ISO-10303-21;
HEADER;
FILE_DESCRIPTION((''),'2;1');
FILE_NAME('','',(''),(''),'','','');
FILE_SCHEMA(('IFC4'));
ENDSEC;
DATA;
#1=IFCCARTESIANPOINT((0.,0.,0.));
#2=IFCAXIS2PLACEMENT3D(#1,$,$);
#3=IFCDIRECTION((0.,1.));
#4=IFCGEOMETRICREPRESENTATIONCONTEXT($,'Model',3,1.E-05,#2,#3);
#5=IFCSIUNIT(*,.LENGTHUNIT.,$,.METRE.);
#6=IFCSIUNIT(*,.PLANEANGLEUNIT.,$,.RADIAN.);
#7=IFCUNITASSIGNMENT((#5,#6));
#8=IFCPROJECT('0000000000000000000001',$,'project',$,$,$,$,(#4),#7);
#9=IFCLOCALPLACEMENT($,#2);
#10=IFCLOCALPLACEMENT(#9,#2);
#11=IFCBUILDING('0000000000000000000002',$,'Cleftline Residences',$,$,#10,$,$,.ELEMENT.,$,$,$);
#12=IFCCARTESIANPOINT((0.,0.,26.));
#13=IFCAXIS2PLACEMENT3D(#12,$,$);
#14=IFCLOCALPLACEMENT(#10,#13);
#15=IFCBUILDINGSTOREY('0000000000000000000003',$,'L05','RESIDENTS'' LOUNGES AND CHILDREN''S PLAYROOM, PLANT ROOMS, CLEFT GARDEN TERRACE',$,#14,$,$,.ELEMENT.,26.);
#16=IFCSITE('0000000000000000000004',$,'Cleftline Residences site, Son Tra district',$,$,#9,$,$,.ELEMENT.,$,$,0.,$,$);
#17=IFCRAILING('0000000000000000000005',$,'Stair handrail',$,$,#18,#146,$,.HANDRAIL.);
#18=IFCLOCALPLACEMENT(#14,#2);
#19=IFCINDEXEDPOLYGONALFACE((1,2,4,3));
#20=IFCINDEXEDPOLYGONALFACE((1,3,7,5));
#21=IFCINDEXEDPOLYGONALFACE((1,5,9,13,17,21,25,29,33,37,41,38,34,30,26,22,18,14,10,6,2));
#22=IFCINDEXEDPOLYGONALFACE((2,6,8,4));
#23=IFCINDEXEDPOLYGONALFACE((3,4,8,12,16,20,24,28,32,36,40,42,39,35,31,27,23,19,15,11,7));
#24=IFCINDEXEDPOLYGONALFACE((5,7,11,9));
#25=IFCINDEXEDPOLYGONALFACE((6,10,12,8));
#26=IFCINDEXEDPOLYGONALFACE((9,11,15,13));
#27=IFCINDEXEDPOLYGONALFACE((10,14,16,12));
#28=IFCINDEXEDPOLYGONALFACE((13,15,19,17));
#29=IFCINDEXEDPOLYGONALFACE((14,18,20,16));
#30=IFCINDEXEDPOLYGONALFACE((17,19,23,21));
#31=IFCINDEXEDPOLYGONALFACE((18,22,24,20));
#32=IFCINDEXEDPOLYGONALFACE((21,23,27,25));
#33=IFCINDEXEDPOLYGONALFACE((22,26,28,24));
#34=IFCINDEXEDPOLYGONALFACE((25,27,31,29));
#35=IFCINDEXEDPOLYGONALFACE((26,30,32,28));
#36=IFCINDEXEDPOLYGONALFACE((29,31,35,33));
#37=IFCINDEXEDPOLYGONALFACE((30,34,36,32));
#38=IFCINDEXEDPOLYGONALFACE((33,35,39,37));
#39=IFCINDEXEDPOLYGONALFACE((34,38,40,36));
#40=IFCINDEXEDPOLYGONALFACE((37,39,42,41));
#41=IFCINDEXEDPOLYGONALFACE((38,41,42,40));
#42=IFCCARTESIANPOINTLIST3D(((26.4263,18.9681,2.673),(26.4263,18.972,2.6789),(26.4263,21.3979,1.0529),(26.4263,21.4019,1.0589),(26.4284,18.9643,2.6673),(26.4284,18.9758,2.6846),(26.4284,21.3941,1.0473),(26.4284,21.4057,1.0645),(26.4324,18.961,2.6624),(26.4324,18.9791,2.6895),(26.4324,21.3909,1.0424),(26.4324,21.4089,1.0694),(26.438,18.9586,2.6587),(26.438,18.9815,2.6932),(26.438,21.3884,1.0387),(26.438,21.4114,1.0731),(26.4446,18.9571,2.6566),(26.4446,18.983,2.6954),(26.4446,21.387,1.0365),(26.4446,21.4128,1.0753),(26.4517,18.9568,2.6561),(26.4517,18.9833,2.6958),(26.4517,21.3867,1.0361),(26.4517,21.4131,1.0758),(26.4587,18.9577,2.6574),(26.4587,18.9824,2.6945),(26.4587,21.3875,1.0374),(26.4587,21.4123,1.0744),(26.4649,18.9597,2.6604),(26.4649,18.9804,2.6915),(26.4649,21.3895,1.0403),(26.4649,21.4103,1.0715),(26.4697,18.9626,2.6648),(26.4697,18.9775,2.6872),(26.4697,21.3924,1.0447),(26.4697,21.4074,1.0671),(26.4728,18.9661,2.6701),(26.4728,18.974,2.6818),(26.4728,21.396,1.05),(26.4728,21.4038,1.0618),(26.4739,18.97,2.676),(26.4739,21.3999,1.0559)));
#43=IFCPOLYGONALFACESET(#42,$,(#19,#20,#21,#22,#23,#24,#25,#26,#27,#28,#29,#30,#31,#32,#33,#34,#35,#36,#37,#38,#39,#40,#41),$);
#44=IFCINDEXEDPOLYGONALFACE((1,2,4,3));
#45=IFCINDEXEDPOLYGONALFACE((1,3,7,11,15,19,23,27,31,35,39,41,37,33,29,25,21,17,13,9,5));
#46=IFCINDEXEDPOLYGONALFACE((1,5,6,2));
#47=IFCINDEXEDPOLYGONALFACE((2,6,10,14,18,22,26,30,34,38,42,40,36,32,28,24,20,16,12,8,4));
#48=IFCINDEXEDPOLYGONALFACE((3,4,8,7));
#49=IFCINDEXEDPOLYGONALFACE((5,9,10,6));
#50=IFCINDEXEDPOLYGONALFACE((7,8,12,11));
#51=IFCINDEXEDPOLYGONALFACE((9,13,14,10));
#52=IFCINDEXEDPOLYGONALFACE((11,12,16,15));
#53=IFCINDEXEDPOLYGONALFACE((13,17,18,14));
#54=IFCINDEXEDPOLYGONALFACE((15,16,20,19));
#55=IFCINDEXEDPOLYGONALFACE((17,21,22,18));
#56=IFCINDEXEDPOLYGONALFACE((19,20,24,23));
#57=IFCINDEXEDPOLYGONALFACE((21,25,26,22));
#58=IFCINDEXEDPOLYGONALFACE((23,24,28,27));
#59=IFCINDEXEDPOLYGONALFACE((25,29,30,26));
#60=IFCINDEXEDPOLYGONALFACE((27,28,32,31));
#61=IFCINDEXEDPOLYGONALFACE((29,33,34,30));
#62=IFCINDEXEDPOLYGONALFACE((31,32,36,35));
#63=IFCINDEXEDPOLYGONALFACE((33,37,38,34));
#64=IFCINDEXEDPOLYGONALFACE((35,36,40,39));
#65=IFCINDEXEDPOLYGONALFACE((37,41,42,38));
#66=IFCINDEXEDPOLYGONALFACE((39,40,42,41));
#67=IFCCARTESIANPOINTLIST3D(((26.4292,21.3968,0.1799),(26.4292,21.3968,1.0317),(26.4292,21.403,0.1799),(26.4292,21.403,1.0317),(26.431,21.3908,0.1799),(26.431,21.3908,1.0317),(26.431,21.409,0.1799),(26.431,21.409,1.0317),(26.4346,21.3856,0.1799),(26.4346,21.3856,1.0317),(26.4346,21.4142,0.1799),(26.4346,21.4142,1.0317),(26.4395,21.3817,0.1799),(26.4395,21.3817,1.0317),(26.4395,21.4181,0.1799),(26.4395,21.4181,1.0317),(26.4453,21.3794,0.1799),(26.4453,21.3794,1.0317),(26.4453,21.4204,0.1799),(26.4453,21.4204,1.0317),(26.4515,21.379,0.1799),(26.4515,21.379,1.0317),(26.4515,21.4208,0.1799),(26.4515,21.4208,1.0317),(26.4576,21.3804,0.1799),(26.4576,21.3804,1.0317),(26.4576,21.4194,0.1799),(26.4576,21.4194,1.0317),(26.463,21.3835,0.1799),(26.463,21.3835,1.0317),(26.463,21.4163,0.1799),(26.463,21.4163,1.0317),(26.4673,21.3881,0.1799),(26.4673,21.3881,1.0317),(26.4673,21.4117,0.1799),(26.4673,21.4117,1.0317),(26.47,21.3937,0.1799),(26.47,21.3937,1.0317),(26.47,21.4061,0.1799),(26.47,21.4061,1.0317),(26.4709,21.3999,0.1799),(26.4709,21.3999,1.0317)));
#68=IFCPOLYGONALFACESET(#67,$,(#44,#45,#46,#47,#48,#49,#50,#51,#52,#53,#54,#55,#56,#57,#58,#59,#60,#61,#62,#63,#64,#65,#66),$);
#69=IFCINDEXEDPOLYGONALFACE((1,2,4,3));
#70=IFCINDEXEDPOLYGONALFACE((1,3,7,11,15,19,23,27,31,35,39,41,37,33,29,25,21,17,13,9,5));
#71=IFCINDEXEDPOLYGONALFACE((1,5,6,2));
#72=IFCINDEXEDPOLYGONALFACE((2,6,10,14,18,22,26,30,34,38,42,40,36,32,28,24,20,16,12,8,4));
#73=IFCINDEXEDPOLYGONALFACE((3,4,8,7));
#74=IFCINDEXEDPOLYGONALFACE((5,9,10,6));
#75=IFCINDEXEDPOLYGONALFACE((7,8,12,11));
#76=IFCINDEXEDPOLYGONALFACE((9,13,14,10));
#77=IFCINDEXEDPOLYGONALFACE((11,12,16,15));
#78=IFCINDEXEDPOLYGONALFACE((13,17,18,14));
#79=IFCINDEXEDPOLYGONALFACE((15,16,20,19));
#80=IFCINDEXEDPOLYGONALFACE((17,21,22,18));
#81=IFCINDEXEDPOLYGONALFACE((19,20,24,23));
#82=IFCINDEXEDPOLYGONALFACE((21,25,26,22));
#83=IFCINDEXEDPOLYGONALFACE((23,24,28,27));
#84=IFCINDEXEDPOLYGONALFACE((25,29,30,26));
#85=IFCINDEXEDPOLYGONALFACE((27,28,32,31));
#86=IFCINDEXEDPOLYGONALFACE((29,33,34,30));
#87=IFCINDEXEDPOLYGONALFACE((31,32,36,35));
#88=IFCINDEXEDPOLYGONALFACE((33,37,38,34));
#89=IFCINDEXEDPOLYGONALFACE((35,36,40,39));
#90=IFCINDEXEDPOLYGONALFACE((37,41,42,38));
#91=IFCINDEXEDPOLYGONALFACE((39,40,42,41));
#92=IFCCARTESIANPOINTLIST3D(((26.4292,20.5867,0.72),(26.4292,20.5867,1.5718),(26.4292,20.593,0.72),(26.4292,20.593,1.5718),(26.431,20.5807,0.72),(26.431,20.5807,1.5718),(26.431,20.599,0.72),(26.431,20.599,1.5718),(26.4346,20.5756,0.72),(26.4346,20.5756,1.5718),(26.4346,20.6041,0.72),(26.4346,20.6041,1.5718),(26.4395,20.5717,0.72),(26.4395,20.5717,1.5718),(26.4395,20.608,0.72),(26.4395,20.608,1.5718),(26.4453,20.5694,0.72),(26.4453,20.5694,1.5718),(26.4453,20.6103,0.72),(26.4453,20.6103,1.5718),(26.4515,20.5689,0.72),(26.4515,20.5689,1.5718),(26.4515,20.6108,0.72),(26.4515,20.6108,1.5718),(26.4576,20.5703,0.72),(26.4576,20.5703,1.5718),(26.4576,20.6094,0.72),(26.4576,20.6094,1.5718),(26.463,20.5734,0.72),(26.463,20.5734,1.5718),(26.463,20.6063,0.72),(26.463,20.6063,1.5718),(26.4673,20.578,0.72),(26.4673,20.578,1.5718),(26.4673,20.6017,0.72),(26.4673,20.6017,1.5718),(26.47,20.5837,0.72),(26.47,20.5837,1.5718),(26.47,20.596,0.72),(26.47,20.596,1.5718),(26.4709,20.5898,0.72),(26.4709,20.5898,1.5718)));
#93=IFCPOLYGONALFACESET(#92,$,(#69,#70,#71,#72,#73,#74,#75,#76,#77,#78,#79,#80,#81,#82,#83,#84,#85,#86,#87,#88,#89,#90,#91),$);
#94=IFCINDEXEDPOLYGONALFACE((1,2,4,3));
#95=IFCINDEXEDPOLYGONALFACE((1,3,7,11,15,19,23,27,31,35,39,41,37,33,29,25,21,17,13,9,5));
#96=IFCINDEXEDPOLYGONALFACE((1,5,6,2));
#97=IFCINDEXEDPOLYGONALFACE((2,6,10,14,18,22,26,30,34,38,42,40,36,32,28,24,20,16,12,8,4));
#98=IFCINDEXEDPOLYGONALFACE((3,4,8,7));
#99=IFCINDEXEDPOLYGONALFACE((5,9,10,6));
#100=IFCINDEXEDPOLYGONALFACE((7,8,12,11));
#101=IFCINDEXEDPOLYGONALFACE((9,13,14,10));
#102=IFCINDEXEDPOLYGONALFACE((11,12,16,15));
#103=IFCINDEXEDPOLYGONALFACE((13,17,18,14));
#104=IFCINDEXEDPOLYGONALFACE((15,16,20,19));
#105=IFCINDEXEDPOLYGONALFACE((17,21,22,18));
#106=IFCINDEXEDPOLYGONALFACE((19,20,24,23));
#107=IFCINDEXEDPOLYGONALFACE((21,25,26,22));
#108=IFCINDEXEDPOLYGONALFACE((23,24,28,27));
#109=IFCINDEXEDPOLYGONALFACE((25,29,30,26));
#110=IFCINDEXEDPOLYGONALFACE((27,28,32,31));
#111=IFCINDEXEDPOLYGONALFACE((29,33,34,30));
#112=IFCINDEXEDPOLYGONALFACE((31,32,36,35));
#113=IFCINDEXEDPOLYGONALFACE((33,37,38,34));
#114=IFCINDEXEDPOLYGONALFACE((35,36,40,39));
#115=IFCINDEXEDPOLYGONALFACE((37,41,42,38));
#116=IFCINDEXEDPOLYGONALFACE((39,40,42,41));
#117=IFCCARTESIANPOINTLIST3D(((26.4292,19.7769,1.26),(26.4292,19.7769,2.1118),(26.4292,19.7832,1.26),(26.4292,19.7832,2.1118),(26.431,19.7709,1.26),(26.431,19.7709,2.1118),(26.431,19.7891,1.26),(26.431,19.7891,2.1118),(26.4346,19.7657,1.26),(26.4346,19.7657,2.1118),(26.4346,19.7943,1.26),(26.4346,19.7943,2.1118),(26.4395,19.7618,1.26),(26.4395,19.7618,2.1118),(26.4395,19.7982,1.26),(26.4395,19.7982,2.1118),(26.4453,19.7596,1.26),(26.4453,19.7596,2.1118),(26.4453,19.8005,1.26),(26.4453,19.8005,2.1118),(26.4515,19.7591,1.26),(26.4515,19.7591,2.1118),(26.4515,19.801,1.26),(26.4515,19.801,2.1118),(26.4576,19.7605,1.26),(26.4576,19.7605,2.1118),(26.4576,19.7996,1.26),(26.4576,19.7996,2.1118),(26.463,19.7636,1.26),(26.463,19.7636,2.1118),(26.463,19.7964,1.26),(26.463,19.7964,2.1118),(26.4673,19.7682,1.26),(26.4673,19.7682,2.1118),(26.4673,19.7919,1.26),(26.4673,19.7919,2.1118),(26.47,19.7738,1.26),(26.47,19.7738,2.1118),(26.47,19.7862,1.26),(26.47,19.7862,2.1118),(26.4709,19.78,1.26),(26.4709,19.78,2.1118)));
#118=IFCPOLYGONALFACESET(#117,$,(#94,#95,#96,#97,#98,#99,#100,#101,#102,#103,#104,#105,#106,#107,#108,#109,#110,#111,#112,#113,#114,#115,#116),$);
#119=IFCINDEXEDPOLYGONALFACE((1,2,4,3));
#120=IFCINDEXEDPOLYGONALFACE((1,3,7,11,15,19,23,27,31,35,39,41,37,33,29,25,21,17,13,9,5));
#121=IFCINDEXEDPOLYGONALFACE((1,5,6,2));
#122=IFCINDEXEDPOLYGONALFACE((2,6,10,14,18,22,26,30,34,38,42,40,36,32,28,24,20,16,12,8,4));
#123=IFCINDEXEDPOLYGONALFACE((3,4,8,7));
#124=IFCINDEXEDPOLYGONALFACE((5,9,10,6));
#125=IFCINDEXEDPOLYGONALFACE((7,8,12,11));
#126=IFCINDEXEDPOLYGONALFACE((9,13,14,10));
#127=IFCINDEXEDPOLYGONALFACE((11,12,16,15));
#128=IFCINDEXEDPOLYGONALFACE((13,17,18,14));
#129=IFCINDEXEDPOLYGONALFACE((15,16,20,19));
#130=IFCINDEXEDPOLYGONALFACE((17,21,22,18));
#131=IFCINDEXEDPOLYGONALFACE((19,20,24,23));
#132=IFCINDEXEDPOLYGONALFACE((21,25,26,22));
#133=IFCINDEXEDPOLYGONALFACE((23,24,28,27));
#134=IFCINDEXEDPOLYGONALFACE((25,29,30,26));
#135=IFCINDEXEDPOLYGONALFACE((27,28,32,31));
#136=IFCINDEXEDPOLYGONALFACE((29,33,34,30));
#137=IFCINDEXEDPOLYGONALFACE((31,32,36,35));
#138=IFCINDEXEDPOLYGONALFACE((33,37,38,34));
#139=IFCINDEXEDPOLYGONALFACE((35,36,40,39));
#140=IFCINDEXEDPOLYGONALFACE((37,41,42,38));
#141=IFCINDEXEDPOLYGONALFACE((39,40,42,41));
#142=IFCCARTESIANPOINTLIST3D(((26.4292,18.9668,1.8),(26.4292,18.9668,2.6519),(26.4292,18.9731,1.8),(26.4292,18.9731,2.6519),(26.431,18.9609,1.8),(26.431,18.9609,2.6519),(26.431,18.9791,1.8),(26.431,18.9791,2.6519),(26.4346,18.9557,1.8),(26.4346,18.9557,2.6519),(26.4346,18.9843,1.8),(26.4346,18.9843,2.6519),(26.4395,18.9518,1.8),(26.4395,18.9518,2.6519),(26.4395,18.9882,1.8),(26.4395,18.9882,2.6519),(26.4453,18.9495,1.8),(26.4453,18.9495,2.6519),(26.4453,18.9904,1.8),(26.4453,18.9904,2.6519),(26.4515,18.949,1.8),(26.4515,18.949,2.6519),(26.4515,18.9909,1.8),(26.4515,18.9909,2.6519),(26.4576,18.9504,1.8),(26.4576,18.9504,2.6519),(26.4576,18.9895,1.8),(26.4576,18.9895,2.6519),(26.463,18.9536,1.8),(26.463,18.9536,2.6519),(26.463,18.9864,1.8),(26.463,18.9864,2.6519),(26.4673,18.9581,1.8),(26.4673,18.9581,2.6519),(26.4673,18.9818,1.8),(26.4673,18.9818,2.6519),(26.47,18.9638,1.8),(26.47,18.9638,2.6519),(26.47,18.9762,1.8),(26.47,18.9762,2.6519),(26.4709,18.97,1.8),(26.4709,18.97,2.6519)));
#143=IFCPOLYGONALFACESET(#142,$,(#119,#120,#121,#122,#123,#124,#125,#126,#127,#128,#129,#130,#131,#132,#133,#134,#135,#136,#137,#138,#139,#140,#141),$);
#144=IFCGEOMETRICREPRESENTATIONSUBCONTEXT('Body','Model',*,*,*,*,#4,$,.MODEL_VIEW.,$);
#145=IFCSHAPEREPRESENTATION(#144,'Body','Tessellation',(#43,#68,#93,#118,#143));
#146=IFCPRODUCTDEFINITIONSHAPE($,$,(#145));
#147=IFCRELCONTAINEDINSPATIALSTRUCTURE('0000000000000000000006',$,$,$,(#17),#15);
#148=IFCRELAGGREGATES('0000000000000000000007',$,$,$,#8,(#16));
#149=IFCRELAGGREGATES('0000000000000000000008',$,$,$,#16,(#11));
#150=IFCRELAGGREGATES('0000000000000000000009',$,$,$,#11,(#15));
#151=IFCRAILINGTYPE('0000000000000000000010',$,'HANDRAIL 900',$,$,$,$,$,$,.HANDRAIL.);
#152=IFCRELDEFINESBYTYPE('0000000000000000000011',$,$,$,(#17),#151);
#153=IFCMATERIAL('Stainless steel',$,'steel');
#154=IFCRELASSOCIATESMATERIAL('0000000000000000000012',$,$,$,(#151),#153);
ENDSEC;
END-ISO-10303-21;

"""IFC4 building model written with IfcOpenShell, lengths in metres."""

from ifc_helpers import new_model, si_unit, direction, frame, origin, origin_2d, place, context, subcontext, project, spatial, circle, extrude, material, type_object, element, save


model = new_model("IFC4")

# Units and contexts
model_context = context("Model", 3, precision=1e-05, world=origin(), true_north=direction((0.0, 1.0)))
body_context = subcontext(model_context, "Body", "Model", "MODEL_VIEW")
ifc_project = project(units=[si_unit("LENGTHUNIT", "METRE"), si_unit("PLANEANGLEUNIT", "RADIAN")], contexts=[model_context])

# Site, building, storey
site_placement = place(None, origin())
site = spatial("IfcSite", under=ifc_project, at=site_placement, Name="Cleftline Residences site, Son Tra district", CompositionType="ELEMENT", RefElevation=0.0)
building_placement = place(site_placement, origin())
building = spatial("IfcBuilding", under=site, at=building_placement, Name="Cleftline Residences", CompositionType="ELEMENT")
storey_placement = place(building_placement, frame((0.0, 0.0, 26.0)))
storey = spatial("IfcBuildingStorey", under=building, at=storey_placement, Name="L05", Description="RESIDENTS' LOUNGES AND CHILDREN'S PLAYROOM, PLANT ROOMS, CLEFT GARDEN TERRACE", CompositionType="ELEMENT", Elevation=26.0)

# Railing
ifc_material_1 = material(Name="Stainless steel", Category="steel")
railing_type = type_object("IfcRailingType", Name="HANDRAIL 900", PredefinedType="HANDRAIL", material=ifc_material_1)
railing_1_placement = place(storey_placement, frame((26.45, 21.3999, 0.1799)))
element("IfcRailing", 1, at=railing_1_placement, inside=storey, type_object=railing_type, Name="Stair handrail", PredefinedType="HANDRAIL", context=body_context, shape_type="SweptSolid", body=[
    extrude(circle(Radius=0.0239, at=origin_2d()), frame((0.0, 0.0, 0.876), z_axis=(0.0, -0.832025, 0.554739), x_axis=(1.0, 0.0, 0.0)), (0.0, 0.0, 1.0), 2.9204),
    extrude(circle(Radius=0.021, at=origin_2d()), origin(), (0.0, 0.0, 1.0), 0.8518),
    extrude(circle(Radius=0.021, at=origin_2d()), frame((0.0, -0.8101, 0.54)), (0.0, 0.0, 1.0), 0.8518),
    extrude(circle(Radius=0.021, at=origin_2d()), frame((0.0, -1.6199, 1.0801)), (0.0, 0.0, 1.0), 0.8518),
    extrude(circle(Radius=0.021, at=origin_2d()), frame((0.0, -2.4299, 1.6201)), (0.0, 0.0, 1.0), 0.8518),
])

save(model, "model.ifc")
